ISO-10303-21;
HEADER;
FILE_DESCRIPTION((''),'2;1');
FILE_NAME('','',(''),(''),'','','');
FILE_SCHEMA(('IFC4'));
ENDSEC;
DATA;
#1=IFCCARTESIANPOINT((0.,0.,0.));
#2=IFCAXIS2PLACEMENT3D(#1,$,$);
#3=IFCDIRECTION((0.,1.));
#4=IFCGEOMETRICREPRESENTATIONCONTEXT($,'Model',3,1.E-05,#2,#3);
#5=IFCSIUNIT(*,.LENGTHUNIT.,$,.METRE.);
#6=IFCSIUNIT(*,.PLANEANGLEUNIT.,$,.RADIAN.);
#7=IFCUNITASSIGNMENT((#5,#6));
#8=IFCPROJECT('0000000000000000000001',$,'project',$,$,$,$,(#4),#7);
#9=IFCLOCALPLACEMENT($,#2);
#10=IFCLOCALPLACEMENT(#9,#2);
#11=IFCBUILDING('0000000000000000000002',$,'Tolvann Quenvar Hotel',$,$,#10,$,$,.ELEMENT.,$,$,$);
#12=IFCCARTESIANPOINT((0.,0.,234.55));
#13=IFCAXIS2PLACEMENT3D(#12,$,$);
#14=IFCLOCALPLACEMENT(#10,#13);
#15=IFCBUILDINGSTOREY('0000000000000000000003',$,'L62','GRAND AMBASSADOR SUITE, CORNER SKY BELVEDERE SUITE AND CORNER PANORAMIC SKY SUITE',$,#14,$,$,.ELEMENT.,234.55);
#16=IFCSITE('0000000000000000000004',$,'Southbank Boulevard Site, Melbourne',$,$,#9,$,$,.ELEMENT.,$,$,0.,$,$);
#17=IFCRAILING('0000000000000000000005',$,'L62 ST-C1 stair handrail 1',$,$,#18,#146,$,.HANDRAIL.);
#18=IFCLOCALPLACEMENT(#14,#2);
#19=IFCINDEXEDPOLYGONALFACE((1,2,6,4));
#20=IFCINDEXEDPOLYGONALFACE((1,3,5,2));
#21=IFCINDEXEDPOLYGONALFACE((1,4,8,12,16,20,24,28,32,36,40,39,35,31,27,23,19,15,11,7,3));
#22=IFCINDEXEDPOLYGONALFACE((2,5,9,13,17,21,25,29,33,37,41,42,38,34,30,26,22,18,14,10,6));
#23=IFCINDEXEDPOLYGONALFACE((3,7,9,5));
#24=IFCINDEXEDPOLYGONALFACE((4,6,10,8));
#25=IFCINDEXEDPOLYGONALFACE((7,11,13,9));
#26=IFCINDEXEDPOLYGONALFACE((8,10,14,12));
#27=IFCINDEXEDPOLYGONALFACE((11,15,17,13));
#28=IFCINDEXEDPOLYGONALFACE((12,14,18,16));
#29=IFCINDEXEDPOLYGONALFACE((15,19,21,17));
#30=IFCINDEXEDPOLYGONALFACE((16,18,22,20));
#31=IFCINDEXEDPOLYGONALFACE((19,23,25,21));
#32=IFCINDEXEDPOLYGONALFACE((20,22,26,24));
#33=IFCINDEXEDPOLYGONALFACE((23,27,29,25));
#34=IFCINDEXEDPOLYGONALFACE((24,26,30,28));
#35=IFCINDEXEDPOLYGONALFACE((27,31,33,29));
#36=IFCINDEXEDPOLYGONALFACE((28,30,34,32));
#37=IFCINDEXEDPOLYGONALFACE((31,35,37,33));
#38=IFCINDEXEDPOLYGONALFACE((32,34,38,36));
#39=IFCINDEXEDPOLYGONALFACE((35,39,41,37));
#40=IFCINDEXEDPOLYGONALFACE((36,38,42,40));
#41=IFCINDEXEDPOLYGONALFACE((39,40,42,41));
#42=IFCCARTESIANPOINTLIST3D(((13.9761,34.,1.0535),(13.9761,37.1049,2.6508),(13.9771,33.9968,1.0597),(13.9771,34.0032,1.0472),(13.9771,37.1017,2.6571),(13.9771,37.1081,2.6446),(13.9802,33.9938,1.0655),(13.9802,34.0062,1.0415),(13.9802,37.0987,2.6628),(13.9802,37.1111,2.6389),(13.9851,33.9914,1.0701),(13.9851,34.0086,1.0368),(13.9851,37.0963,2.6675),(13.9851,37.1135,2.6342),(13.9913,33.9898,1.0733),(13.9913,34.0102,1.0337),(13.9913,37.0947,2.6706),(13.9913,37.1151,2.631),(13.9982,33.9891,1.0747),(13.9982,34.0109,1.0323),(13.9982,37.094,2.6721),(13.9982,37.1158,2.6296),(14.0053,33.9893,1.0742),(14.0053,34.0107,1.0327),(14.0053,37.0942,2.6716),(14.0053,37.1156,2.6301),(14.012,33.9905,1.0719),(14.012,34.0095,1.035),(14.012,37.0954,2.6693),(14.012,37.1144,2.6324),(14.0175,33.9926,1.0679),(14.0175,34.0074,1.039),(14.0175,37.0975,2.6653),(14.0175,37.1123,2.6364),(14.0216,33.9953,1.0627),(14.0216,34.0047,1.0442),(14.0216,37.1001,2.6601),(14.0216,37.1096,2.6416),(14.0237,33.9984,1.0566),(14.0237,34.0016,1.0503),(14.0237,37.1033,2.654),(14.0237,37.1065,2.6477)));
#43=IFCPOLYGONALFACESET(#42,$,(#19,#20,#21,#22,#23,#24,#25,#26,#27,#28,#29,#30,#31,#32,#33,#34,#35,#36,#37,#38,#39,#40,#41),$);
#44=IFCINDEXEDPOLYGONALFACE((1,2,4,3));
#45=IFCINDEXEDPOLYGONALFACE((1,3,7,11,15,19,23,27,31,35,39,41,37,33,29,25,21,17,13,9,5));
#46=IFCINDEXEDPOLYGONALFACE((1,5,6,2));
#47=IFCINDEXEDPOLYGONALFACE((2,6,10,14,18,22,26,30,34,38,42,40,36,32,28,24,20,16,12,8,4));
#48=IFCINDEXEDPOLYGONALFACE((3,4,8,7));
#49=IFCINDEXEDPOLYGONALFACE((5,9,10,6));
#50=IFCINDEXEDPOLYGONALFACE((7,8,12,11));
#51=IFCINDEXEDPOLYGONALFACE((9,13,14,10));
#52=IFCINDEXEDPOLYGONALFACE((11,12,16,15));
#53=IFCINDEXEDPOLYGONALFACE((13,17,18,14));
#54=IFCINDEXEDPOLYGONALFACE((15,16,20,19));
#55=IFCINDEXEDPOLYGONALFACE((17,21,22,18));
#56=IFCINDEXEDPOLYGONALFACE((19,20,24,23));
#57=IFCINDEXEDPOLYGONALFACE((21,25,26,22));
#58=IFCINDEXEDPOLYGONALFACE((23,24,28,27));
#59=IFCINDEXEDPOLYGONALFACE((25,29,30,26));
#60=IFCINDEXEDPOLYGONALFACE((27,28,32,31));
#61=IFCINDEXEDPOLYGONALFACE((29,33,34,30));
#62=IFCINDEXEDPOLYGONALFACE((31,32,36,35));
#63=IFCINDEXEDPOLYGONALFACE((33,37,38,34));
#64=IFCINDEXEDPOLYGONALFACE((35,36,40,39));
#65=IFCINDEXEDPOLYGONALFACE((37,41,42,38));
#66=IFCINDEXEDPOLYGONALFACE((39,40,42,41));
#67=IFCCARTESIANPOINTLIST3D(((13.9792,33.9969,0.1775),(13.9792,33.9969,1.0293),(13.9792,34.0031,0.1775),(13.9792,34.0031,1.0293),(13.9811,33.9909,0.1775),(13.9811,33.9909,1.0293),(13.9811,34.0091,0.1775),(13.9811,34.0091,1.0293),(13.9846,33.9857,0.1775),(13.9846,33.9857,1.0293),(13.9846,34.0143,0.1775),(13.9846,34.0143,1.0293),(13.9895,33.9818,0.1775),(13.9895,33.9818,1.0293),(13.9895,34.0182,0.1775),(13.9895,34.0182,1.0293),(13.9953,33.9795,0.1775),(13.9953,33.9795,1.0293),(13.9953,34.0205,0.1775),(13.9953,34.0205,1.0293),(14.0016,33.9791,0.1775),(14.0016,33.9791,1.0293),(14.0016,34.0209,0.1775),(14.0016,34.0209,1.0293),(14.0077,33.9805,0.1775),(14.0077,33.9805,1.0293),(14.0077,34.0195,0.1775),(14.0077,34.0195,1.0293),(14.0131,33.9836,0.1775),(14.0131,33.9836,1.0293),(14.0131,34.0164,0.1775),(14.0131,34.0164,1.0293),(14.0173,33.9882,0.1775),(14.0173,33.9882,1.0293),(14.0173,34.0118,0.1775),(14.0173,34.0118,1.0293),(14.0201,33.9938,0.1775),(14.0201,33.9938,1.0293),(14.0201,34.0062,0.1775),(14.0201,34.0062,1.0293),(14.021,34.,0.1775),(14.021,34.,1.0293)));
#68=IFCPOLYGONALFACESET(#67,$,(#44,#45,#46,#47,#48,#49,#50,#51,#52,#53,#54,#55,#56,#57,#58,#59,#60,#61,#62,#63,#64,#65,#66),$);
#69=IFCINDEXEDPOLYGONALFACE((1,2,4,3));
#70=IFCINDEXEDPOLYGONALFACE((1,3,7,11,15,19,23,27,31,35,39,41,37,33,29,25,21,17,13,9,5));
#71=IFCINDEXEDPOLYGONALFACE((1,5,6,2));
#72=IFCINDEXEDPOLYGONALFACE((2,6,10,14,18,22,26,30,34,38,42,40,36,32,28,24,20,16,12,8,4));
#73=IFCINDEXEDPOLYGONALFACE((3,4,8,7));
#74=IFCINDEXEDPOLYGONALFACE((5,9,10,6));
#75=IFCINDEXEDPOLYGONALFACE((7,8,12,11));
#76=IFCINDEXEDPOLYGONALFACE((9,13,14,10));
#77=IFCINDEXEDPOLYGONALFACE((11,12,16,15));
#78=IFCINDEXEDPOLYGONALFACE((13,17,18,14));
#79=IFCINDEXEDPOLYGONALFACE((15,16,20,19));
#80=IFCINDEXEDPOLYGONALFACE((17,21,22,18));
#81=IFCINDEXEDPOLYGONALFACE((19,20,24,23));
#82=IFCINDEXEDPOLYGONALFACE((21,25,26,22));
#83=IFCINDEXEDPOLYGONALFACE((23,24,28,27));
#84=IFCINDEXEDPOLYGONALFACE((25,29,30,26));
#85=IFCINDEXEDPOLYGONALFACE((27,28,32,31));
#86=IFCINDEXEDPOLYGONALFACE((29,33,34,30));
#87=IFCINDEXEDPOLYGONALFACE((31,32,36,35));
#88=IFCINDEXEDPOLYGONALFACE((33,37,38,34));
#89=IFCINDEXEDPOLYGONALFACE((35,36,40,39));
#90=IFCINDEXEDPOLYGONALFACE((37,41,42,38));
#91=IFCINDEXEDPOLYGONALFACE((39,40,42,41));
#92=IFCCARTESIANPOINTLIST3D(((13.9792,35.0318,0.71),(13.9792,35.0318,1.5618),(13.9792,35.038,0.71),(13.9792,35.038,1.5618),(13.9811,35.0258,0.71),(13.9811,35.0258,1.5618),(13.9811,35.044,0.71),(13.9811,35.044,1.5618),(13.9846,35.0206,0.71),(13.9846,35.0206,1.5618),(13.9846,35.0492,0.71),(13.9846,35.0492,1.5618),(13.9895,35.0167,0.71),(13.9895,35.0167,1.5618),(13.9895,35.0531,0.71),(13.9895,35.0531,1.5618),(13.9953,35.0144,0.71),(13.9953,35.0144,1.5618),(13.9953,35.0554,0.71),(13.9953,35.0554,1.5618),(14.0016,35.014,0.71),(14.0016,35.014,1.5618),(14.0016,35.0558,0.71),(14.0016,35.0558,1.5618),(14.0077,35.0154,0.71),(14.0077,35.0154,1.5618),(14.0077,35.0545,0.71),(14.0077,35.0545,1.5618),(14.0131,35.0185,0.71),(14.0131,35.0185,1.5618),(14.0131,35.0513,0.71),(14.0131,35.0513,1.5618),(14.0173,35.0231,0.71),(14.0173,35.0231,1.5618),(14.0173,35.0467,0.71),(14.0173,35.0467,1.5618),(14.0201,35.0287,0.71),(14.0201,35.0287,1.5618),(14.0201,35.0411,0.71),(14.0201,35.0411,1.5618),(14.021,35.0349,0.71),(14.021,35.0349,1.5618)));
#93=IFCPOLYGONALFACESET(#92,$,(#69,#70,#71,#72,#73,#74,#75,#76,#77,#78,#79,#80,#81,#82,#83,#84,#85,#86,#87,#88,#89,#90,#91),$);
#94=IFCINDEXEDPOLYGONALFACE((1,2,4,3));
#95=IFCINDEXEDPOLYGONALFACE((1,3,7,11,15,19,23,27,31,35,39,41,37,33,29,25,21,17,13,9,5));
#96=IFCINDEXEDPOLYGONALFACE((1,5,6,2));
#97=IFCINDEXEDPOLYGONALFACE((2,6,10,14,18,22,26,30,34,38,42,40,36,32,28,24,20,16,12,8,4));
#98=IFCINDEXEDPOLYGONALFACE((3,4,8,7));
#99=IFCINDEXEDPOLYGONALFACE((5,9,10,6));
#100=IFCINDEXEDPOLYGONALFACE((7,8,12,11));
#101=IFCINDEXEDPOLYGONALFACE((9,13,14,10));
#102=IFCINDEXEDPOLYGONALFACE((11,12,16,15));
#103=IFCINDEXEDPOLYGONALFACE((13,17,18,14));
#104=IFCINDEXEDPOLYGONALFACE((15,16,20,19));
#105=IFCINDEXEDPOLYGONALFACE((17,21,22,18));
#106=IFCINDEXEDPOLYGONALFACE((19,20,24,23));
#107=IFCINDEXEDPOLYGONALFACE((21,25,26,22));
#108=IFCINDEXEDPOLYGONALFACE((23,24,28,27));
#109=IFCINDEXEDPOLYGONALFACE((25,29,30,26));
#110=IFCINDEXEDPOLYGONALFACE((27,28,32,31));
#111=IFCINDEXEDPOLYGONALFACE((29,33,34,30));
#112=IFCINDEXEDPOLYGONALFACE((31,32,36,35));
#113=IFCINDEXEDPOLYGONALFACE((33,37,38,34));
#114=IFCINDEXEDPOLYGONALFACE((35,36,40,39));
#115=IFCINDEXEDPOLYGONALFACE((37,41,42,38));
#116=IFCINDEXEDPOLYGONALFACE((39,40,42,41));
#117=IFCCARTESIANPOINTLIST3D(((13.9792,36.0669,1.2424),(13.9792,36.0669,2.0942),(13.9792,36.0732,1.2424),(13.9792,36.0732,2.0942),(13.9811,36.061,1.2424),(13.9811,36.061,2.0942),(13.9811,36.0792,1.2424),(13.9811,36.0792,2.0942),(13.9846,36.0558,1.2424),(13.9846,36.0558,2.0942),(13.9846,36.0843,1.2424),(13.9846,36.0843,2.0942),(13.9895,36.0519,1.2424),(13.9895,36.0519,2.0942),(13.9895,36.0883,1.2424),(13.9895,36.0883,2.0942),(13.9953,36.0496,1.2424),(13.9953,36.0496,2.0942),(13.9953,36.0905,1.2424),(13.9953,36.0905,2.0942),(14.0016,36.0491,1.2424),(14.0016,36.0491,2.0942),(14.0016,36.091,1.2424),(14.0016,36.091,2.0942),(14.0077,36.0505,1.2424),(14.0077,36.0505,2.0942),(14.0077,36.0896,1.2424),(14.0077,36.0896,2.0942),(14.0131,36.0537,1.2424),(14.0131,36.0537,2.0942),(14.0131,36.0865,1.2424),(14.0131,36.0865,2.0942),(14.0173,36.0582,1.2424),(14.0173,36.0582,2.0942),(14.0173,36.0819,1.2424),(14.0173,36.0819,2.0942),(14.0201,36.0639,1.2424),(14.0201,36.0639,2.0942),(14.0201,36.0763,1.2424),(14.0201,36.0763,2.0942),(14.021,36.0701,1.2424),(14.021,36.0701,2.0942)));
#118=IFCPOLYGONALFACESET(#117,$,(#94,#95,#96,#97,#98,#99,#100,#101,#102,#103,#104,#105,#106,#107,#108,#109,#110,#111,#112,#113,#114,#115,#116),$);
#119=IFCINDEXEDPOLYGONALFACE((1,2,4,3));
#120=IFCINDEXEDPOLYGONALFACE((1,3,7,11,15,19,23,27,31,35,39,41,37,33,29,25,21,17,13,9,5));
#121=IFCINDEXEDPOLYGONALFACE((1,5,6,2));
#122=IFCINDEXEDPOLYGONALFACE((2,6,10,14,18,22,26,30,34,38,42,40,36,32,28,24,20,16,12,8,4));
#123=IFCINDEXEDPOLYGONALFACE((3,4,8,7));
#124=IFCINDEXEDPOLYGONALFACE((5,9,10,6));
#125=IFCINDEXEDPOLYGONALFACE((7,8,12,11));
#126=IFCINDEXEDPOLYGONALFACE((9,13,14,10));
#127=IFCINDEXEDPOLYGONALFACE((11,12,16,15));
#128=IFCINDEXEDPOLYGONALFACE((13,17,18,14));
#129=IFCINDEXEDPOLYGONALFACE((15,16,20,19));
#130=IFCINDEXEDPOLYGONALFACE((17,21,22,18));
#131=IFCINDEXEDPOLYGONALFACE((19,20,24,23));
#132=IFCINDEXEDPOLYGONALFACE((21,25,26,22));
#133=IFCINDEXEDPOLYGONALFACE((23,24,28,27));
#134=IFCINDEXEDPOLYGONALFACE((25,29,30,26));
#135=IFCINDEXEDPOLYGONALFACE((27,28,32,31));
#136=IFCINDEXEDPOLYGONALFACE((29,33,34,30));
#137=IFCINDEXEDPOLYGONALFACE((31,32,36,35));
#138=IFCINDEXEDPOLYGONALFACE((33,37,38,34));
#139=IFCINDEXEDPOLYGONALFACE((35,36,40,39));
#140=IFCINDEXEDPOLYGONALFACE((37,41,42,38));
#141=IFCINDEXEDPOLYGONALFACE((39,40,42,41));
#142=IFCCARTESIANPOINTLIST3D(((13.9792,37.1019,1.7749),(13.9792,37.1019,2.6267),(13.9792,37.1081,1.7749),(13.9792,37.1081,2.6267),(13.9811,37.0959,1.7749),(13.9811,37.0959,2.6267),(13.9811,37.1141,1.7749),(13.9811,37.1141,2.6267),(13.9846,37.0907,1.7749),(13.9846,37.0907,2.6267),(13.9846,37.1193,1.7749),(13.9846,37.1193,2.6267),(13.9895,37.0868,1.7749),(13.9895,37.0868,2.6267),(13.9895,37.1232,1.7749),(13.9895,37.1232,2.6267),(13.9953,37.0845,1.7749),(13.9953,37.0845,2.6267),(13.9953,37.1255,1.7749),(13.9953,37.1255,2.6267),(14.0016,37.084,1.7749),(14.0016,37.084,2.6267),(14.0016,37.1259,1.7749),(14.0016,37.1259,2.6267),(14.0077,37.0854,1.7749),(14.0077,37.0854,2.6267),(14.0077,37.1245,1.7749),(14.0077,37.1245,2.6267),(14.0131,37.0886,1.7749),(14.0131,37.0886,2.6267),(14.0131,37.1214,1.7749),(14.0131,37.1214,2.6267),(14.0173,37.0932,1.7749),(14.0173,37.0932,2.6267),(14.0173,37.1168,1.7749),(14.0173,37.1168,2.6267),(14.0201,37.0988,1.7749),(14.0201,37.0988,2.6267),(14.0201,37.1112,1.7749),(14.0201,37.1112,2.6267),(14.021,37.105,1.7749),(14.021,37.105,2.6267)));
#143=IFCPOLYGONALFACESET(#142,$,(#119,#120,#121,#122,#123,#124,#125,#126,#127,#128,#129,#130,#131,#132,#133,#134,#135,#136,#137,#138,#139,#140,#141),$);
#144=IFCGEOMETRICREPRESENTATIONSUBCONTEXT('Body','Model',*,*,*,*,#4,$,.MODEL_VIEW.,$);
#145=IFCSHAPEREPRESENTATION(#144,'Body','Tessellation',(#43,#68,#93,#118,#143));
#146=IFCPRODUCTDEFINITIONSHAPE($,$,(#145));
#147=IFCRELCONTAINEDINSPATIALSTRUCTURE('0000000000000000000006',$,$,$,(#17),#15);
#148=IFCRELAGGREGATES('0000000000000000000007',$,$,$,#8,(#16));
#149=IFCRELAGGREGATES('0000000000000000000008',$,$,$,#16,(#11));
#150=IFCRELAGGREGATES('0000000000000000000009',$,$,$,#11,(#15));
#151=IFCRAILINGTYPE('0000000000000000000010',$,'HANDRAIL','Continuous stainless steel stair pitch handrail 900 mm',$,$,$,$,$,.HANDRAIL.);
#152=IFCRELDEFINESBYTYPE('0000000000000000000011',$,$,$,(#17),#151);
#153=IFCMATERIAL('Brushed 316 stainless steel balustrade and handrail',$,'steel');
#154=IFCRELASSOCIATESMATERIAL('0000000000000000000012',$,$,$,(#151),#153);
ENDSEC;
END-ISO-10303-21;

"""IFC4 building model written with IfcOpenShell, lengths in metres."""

from ifc_helpers import new_model, si_unit, direction, frame, origin, origin_2d, place, context, subcontext, project, spatial, circle, extrude, material, type_object, element, save


model = new_model("IFC4")

# Units and contexts
model_context = context("Model", 3, precision=1e-05, world=origin(), true_north=direction((0.0, 1.0)))
body_context = subcontext(model_context, "Body", "Model", "MODEL_VIEW")
ifc_project = project(units=[si_unit("LENGTHUNIT", "METRE"), si_unit("PLANEANGLEUNIT", "RADIAN")], contexts=[model_context])

# Site, building, storey
site_placement = place(None, origin())
site = spatial("IfcSite", under=ifc_project, at=site_placement, Name="Southbank Boulevard Site, Melbourne", CompositionType="ELEMENT", RefElevation=0.0)
building_placement = place(site_placement, origin())
building = spatial("IfcBuilding", under=site, at=building_placement, Name="Tolvann Quenvar Hotel", CompositionType="ELEMENT")
storey_placement = place(building_placement, frame((0.0, 0.0, 234.55)))
storey = spatial("IfcBuildingStorey", under=building, at=storey_placement, Name="L62", Description="GRAND AMBASSADOR SUITE, CORNER SKY BELVEDERE SUITE AND CORNER PANORAMIC SKY SUITE", CompositionType="ELEMENT", Elevation=234.55)

# Railing
ifc_material_1 = material(Name="Brushed 316 stainless steel balustrade and handrail", Category="steel")
railing_type_1 = type_object("IfcRailingType", Name="HANDRAIL", Description="Continuous stainless steel stair pitch handrail 900 mm", PredefinedType="HANDRAIL", material=ifc_material_1)
railing_1_placement = place(storey_placement, frame((14.0, 34.0, 0.1775)))
element("IfcRailing", 1, at=railing_1_placement, inside=storey, type_object=railing_type_1, Name="L62 ST-C1 stair handrail 1", PredefinedType="HANDRAIL", context=body_context, shape_type="SweptSolid", body=[
    extrude(circle(Radius=0.0239, at=origin_2d()), frame((0.0, 0.0, 0.876), z_axis=(0.0, 0.889222, 0.457476), x_axis=(-1.0, 0.0, 0.0)), (0.0, 0.0, 1.0), 3.4917),
    extrude(circle(Radius=0.021, at=origin_2d()), origin(), (0.0, 0.0, 1.0), 0.8518),
    extrude(circle(Radius=0.021, at=origin_2d()), frame((0.0, 1.0349, 0.5325)), (0.0, 0.0, 1.0), 0.8518),
    extrude(circle(Radius=0.021, at=origin_2d()), frame((0.0, 2.0701, 1.0649)), (0.0, 0.0, 1.0), 0.8518),
    extrude(circle(Radius=0.021, at=origin_2d()), frame((0.0, 3.105, 1.5974)), (0.0, 0.0, 1.0), 0.8518),
])

save(model, "model.ifc")
